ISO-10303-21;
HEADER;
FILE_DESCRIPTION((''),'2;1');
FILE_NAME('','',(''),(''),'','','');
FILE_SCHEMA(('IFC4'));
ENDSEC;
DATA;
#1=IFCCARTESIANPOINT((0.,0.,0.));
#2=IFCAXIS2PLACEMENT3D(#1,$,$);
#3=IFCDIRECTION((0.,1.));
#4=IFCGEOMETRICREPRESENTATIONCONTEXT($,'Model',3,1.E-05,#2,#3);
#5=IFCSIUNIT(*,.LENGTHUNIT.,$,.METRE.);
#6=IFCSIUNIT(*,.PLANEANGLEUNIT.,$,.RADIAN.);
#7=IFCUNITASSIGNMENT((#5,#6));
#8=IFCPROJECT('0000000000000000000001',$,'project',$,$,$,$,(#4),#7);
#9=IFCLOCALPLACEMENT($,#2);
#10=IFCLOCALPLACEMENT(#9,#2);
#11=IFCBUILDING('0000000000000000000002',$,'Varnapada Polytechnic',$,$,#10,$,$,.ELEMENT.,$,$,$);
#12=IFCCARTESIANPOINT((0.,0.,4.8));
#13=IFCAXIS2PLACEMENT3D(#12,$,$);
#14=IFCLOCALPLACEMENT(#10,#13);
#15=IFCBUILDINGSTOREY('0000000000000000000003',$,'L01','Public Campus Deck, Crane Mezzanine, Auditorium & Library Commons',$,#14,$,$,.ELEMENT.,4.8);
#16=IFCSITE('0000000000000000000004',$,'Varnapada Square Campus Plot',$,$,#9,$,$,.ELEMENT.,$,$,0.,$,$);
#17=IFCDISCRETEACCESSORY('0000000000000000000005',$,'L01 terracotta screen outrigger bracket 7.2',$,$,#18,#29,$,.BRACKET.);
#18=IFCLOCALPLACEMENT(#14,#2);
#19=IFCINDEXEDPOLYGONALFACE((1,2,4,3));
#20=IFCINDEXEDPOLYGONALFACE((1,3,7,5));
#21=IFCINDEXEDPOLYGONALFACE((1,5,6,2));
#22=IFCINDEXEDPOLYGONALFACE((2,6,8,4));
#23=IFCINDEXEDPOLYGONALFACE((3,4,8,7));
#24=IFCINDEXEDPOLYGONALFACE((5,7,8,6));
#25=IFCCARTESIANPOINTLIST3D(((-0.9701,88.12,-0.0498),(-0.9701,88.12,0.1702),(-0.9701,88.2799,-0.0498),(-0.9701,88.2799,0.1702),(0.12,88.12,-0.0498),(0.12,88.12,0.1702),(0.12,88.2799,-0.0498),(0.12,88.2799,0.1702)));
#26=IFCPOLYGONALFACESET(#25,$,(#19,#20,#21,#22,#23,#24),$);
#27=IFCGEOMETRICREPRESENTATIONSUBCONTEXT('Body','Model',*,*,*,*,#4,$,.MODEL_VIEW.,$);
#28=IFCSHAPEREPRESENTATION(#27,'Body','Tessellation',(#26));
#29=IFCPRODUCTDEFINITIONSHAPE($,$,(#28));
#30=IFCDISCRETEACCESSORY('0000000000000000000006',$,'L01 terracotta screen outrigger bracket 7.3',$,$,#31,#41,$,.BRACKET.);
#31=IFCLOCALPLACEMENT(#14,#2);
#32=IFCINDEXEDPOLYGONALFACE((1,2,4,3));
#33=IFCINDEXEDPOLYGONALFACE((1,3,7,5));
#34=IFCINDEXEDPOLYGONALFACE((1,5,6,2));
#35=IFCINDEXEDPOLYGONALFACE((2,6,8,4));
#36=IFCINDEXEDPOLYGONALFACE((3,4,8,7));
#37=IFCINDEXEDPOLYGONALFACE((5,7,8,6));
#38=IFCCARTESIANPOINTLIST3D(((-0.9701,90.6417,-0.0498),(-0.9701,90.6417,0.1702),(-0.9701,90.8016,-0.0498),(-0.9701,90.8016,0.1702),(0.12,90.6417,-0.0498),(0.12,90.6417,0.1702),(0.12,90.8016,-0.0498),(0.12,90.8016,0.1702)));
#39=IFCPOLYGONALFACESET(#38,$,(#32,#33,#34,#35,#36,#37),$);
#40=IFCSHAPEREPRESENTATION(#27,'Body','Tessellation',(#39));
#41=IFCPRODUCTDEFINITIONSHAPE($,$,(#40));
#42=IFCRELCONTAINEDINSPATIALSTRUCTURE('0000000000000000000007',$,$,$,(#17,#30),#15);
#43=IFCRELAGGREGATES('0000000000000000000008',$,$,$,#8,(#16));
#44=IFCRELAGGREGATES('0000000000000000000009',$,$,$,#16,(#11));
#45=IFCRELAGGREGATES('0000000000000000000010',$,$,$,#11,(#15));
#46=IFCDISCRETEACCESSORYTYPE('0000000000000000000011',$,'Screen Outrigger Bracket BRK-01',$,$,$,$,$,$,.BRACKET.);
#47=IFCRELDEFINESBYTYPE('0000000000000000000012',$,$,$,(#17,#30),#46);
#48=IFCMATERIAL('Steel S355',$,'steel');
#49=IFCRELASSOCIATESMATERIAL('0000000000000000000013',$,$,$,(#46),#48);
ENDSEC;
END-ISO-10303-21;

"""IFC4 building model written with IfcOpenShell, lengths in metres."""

from ifc_helpers import new_model, si_unit, direction, frame, origin, origin_2d, place, context, subcontext, project, spatial, rectangle, extrude, material, type_object, element, save


model = new_model("IFC4")

# Units and contexts
model_context = context("Model", 3, precision=1e-05, world=origin(), true_north=direction((0.0, 1.0)))
body_context = subcontext(model_context, "Body", "Model", "MODEL_VIEW")
ifc_project = project(units=[si_unit("LENGTHUNIT", "METRE"), si_unit("PLANEANGLEUNIT", "RADIAN")], contexts=[model_context])

# Site, building, storey
site_placement = place(None, origin())
site = spatial("IfcSite", under=ifc_project, at=site_placement, Name="Varnapada Square Campus Plot", CompositionType="ELEMENT", RefElevation=0.0)
building_placement = place(site_placement, origin())
building = spatial("IfcBuilding", under=site, at=building_placement, Name="Varnapada Polytechnic", CompositionType="ELEMENT")
storey_placement = place(building_placement, frame((0.0, 0.0, 4.8)))
storey = spatial("IfcBuildingStorey", under=building, at=storey_placement, Name="L01", Description="Public Campus Deck, Crane Mezzanine, Auditorium & Library Commons", CompositionType="ELEMENT", Elevation=4.8)

# Shared definitions
ifc_material_1 = material(Name="Steel S355", Category="steel")

# Discrete accessories
discrete_accessory_type = type_object("IfcDiscreteAccessoryType", Name="Screen Outrigger Bracket BRK-01", PredefinedType="BRACKET", material=ifc_material_1)
for number, where, z_axis, x_axis, name in (
    (1, (-0.425, 88.2, -0.0498), (0.0, 0.0, 1.0), (0.0, 1.0, 0.0), "L01 terracotta screen outrigger bracket 7.2"),
    (2, (-0.425, 90.7217, -0.0498), (0.0, 0.0, 1.0), (0.0, 1.0, 0.0), "L01 terracotta screen outrigger bracket 7.3"),
):
    element("IfcDiscreteAccessory", number, at=place(storey_placement, frame(where, z_axis=z_axis, x_axis=x_axis)), inside=storey, type_object=discrete_accessory_type, Name=name, PredefinedType="BRACKET", context=body_context, shape_type="SweptSolid", body=[
        extrude(rectangle(XDim=0.1599, YDim=1.0901, at=origin_2d()), origin(), (0.0, 0.0, 1.0), 0.22),
    ])

save(model, "model.ifc")
